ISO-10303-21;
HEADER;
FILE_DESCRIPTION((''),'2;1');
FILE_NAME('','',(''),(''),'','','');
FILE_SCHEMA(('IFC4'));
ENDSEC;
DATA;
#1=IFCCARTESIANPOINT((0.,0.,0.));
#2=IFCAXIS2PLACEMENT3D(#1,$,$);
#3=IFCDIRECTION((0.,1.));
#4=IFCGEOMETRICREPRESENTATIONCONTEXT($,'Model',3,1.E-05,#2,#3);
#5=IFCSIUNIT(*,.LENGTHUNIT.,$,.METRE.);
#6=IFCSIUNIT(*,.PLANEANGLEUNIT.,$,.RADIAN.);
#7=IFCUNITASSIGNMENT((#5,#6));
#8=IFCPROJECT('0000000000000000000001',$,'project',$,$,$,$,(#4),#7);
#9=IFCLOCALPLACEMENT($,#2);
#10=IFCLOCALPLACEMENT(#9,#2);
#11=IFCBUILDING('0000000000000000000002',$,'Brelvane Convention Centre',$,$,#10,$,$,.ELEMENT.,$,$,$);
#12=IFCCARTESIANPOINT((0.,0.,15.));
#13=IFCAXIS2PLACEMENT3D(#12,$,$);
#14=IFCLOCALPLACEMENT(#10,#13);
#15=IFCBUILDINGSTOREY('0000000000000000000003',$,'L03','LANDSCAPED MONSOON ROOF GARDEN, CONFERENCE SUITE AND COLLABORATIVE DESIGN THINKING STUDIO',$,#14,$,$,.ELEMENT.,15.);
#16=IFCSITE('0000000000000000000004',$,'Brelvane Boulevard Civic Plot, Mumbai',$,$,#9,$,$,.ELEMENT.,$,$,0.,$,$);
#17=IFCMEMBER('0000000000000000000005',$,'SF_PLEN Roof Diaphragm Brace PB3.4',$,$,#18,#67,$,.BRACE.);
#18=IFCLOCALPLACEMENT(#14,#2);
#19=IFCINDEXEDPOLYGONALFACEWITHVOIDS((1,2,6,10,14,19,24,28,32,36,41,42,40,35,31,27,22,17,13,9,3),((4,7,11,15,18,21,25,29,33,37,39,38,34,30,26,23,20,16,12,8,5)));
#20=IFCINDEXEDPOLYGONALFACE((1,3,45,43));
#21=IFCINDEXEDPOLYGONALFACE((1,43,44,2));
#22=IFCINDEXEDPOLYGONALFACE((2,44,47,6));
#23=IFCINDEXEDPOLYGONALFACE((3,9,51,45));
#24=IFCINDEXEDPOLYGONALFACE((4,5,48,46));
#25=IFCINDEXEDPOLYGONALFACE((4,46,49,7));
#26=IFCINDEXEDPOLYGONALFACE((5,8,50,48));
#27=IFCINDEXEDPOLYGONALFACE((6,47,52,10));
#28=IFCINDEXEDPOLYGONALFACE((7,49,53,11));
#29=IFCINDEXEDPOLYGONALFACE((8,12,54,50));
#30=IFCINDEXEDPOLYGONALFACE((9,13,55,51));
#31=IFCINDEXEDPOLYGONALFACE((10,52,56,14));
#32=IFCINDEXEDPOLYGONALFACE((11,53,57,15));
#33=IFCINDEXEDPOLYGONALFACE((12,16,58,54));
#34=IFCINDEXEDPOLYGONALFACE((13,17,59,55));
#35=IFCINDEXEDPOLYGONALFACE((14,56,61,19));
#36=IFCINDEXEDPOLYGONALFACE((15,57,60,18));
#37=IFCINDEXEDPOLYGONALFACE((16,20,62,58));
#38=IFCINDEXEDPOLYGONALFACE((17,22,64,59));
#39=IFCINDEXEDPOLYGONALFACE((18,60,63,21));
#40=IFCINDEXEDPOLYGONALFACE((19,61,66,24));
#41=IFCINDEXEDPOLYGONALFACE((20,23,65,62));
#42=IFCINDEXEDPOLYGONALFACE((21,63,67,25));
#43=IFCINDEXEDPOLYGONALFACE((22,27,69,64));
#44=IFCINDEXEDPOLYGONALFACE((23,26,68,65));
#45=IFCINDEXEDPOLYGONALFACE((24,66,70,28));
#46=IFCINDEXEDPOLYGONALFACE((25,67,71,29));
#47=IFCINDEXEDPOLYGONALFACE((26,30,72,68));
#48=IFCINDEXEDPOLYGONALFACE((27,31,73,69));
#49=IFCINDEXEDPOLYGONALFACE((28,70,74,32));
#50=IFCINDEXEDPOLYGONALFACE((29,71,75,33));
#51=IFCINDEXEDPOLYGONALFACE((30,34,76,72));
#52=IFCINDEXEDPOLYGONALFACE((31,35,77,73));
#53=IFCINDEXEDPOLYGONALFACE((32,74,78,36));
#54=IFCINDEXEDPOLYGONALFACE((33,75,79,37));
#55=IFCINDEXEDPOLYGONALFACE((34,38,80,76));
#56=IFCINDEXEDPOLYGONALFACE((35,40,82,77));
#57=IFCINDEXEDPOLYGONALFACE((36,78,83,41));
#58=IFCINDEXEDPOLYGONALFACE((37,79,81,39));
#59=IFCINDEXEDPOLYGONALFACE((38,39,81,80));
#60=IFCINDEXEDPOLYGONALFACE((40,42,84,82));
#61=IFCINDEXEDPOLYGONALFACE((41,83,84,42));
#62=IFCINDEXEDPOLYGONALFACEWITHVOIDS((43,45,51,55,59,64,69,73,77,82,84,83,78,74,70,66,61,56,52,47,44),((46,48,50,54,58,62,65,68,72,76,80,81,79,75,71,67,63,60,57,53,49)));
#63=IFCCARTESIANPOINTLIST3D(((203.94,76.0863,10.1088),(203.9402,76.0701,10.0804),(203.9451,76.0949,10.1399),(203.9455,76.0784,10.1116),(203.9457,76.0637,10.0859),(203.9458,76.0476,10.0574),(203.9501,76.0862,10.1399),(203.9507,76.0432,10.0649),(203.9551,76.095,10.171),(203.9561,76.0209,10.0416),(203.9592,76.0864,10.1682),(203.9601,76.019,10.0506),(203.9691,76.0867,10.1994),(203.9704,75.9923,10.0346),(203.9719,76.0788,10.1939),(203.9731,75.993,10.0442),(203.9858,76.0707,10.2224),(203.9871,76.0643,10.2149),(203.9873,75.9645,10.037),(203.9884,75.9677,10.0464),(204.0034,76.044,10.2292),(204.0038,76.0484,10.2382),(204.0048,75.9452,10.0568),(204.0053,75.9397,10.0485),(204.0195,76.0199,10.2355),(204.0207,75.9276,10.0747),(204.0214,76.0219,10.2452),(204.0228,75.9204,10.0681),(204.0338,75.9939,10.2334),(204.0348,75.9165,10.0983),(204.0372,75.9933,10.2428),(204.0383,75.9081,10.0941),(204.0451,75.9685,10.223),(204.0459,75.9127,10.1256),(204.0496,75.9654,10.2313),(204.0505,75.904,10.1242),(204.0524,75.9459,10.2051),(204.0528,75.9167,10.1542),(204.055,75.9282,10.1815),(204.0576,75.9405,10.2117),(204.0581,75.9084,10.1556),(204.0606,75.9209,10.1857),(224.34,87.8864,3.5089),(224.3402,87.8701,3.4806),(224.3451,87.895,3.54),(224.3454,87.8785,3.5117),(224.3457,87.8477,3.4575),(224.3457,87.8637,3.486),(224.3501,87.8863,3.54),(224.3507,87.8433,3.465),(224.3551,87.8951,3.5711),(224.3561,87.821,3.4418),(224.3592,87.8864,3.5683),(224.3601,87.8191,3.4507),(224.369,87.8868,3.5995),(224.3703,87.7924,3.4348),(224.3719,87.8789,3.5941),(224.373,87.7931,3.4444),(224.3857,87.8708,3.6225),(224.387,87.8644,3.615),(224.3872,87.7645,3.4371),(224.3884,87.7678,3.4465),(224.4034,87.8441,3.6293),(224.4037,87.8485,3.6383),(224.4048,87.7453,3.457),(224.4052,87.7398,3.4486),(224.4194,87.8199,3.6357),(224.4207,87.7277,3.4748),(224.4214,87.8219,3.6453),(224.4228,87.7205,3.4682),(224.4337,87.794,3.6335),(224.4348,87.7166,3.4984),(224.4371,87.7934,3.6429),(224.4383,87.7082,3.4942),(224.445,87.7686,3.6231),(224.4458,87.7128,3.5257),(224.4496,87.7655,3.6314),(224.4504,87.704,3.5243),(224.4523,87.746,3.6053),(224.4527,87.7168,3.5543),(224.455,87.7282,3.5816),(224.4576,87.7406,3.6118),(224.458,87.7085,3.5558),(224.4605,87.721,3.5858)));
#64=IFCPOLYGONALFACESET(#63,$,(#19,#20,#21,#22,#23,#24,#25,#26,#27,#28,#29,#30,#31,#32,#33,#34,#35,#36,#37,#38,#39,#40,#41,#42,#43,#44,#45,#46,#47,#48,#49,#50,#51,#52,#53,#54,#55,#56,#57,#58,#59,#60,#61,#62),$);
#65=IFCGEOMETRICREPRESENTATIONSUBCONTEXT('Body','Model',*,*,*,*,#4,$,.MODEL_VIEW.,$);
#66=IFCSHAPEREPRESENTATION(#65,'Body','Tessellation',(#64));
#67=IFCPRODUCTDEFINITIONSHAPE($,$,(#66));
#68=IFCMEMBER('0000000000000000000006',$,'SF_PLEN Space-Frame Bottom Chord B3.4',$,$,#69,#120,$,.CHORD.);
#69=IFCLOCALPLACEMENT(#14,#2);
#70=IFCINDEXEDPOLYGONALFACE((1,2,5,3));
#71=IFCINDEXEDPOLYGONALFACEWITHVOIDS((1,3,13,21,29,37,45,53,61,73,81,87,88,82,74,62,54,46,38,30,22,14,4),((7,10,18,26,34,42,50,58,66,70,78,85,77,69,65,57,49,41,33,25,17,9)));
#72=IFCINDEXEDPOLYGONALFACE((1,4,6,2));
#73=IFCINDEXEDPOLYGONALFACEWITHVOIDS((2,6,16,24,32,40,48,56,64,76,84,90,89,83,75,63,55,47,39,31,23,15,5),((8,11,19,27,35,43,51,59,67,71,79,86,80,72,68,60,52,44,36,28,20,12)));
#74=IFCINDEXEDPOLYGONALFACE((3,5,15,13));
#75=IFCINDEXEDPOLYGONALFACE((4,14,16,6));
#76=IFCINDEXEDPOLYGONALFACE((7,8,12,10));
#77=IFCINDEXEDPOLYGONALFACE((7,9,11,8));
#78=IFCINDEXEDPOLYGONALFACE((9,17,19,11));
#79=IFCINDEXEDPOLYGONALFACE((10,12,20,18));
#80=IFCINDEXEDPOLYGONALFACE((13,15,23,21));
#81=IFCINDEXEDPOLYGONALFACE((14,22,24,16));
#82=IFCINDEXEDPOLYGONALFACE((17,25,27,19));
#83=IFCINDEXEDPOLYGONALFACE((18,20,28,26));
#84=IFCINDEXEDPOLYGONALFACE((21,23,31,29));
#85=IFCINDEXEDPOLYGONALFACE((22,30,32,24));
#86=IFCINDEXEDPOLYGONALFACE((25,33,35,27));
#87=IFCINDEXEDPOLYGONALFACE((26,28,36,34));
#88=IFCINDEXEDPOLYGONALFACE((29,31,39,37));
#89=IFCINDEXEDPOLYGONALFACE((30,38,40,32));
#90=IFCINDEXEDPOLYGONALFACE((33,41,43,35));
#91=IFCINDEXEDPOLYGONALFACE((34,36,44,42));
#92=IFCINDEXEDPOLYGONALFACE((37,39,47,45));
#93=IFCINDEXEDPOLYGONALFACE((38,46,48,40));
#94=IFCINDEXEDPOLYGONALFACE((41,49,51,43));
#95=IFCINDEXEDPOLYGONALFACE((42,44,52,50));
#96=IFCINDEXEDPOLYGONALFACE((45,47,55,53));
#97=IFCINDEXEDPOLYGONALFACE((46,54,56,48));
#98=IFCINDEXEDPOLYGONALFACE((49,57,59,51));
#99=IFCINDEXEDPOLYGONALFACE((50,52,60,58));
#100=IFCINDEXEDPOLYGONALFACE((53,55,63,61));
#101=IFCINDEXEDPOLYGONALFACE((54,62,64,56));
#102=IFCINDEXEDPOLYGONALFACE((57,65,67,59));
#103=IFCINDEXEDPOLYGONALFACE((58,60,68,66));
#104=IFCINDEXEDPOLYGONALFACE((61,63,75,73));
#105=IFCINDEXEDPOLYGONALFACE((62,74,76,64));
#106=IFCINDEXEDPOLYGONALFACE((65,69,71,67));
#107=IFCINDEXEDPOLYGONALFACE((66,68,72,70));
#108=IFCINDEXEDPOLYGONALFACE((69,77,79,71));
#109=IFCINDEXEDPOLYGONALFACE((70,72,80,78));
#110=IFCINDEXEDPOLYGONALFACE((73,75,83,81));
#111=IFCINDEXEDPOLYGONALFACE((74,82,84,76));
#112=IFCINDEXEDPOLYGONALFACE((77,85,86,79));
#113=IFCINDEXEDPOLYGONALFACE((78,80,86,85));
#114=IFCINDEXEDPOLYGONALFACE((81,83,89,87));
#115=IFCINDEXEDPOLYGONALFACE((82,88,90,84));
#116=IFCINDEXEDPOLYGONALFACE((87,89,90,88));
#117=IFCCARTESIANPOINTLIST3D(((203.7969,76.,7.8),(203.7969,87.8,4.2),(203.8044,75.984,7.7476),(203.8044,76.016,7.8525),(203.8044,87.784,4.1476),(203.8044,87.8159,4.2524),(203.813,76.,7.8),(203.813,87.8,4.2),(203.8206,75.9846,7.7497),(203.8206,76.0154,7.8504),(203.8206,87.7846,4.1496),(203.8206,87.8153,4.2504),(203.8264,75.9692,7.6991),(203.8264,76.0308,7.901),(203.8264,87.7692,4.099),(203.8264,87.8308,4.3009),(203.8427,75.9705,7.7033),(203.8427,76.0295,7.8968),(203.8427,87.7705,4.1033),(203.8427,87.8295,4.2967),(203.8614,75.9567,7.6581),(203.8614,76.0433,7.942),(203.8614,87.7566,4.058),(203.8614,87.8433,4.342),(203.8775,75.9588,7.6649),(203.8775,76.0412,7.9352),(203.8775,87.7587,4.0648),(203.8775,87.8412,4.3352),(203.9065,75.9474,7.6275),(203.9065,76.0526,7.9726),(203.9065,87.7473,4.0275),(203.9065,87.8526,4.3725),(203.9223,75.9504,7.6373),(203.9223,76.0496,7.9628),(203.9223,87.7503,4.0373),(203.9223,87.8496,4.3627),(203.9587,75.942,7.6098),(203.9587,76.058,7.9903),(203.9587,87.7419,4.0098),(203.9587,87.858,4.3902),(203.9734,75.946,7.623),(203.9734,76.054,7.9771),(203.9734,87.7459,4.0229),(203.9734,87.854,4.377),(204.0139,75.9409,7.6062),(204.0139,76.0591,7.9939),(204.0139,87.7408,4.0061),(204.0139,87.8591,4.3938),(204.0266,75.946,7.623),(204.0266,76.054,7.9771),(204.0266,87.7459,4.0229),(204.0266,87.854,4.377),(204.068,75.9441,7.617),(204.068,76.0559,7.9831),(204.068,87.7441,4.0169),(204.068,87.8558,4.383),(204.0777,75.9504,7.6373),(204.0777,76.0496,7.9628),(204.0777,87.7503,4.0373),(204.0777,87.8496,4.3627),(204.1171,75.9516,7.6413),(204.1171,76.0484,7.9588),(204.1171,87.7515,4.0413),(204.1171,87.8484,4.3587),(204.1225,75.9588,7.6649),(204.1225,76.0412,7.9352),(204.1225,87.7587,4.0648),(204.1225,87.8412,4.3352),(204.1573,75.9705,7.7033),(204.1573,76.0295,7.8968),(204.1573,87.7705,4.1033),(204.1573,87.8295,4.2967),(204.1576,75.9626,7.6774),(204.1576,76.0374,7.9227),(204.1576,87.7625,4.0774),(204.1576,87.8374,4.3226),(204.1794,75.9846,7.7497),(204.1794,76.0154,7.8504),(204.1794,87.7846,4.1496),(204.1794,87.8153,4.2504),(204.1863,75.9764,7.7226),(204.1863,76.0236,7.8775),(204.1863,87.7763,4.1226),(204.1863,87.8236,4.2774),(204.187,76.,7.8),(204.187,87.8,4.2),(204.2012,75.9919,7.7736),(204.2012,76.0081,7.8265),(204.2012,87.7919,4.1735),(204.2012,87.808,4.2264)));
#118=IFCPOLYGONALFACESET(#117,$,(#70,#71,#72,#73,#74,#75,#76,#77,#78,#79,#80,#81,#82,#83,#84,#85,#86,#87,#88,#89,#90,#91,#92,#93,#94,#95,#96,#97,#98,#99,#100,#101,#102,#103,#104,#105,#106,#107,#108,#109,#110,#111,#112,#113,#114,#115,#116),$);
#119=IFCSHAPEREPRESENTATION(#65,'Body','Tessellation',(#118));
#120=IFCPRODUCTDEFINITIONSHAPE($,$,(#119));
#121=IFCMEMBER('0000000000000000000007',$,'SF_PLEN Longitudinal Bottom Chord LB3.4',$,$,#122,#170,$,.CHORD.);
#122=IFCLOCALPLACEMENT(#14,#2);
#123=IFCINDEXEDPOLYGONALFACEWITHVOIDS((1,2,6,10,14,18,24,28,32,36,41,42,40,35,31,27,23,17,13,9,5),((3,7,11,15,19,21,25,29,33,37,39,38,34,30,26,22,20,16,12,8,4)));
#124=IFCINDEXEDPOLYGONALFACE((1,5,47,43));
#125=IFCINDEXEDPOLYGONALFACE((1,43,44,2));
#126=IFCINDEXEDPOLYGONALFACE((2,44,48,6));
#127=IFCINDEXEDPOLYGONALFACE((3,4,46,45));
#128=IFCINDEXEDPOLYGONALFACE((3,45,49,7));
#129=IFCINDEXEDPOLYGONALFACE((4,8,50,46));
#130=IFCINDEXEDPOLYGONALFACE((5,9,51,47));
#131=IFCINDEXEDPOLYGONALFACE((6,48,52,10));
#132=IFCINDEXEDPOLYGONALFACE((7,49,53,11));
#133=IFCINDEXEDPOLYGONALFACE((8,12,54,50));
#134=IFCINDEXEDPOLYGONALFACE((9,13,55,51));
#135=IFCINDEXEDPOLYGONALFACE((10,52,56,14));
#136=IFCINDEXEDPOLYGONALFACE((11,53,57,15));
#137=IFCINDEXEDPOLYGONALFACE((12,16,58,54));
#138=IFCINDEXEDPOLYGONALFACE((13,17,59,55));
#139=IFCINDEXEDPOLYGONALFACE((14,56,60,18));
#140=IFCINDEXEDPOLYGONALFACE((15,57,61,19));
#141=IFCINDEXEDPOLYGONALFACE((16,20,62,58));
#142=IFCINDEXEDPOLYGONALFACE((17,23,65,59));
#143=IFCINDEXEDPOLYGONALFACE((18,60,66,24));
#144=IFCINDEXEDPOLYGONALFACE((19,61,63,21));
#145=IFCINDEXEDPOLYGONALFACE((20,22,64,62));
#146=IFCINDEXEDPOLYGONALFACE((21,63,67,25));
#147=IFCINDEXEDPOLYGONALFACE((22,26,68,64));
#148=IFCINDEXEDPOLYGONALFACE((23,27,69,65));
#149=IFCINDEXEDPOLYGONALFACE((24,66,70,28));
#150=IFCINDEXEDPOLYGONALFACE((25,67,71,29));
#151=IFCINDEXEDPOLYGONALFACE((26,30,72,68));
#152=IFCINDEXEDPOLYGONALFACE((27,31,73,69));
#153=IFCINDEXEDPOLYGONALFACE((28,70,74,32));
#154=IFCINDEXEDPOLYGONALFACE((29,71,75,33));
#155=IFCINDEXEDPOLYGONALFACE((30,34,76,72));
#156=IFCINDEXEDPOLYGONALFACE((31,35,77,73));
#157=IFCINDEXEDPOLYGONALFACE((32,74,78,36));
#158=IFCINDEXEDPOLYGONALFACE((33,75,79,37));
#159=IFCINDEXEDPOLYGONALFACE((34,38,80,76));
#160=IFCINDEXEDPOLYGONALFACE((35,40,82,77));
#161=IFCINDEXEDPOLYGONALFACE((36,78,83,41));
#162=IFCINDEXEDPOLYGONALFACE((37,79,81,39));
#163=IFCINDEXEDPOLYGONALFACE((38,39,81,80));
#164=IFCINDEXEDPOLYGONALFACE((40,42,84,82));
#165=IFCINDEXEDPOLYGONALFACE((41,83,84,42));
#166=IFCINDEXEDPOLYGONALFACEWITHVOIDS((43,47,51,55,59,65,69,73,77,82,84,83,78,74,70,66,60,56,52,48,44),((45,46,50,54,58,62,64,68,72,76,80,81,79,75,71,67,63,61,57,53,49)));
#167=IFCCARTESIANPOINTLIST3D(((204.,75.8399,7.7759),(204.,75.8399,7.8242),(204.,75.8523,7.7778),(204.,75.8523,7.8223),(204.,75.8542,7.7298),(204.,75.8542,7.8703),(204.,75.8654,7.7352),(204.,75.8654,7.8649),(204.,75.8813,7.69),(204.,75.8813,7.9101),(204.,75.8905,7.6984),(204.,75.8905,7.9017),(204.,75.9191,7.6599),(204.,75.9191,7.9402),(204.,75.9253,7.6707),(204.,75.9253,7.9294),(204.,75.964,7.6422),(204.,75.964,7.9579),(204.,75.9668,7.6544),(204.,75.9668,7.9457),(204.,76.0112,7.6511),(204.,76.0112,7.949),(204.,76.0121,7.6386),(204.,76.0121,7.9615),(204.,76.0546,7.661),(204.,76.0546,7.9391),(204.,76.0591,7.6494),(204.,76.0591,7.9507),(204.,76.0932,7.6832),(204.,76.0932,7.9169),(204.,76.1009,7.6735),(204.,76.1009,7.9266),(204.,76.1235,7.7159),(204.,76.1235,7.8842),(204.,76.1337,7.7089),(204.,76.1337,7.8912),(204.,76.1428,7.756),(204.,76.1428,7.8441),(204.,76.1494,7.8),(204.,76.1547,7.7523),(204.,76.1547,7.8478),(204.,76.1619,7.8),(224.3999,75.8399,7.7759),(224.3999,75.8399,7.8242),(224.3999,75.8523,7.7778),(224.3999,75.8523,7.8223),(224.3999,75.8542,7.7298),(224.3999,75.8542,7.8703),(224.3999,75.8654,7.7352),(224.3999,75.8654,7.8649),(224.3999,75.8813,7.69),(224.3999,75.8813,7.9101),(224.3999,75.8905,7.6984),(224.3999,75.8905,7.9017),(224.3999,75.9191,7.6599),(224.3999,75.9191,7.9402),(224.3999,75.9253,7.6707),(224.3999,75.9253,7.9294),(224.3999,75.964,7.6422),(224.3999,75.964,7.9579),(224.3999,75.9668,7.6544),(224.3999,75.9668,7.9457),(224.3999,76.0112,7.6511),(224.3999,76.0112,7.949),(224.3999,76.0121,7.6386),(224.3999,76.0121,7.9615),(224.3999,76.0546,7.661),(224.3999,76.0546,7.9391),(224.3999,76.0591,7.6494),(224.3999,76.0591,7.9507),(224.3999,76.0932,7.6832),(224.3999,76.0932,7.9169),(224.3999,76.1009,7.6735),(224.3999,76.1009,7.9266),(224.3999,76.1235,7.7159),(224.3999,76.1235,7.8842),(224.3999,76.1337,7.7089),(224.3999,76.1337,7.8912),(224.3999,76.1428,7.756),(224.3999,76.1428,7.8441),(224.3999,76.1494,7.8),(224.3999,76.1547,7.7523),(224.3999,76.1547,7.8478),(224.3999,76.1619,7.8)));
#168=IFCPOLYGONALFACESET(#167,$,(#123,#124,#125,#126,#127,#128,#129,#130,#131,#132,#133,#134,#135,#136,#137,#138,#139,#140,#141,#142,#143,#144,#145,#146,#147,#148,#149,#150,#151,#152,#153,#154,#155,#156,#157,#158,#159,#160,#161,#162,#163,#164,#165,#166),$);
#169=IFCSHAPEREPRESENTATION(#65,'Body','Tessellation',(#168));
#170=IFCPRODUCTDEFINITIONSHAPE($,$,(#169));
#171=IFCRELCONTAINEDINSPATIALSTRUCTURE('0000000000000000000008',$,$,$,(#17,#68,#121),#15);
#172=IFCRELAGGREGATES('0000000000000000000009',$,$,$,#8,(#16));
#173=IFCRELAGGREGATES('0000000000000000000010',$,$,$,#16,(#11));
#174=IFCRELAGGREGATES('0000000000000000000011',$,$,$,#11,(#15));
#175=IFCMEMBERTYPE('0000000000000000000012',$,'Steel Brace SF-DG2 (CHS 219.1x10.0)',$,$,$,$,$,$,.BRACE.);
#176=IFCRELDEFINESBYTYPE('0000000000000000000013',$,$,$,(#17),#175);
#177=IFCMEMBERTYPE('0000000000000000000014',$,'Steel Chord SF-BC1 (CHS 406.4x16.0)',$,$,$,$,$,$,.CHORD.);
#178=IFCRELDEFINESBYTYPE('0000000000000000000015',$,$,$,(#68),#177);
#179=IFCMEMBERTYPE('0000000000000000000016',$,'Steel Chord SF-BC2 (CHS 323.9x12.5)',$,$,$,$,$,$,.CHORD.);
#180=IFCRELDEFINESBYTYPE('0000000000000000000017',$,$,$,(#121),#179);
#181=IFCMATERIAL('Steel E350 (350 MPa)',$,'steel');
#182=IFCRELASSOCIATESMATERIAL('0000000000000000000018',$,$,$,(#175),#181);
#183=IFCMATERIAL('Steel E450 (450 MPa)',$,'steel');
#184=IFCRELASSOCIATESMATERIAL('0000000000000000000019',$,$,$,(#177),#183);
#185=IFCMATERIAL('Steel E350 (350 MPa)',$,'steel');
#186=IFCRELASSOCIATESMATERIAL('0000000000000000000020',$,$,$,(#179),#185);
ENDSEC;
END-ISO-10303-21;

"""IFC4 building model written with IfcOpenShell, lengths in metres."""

from ifc_helpers import new_model, si_unit, direction, frame, origin, origin_2d, place, context, subcontext, project, spatial, hollow_circle, extrude, material, material_profile, profile_set, type_object, element, save


model = new_model("IFC4")

# Units and contexts
model_context = context("Model", 3, precision=1e-05, world=origin(), true_north=direction((0.0, 1.0)))
body_context = subcontext(model_context, "Body", "Model", "MODEL_VIEW")
ifc_project = project(units=[si_unit("LENGTHUNIT", "METRE"), si_unit("PLANEANGLEUNIT", "RADIAN")], contexts=[model_context])

# Site, building, storey
site_placement = place(None, origin())
site = spatial("IfcSite", under=ifc_project, at=site_placement, Name="Brelvane Boulevard Civic Plot, Mumbai", CompositionType="ELEMENT", RefElevation=0.0)
building_placement = place(site_placement, origin())
building = spatial("IfcBuilding", under=site, at=building_placement, Name="Brelvane Convention Centre", CompositionType="ELEMENT")
storey_placement = place(building_placement, frame((0.0, 0.0, 15.0)))
storey = spatial("IfcBuildingStorey", under=building, at=storey_placement, Name="L03", Description="LANDSCAPED MONSOON ROOF GARDEN, CONFERENCE SUITE AND COLLABORATIVE DESIGN THINKING STUDIO", CompositionType="ELEMENT", Elevation=15.0)

# Members
ifc_material_1 = material(Name="Steel E350 (350 MPa)", Category="steel")
ifc_material_profile_1 = material_profile(ifc_material_1, hollow_circle(Radius=0.1096, WallThickness=0.01, at=origin_2d()), Name="CHS 219.1x10.0")
ifc_profile_set_1 = profile_set([ifc_material_profile_1], Name="Steel E350 (350 MPa)")
member_type_1 = type_object("IfcMemberType", Name="Steel Brace SF-DG2 (CHS 219.1x10.0)", PredefinedType="BRACE", material=ifc_profile_set_1)
member_1_placement = place(storey_placement, frame((204.0, 76.0, 10.1399), z_axis=(0.833549, 0.482155, -0.269673), x_axis=(-0.500705, 0.865618, 0.0)))
element("IfcMember", 1, at=member_1_placement, inside=storey, type_object=member_type_1, Name="SF_PLEN Roof Diaphragm Brace PB3.4", PredefinedType="BRACE", context=body_context, shape_type="SweptSolid", body=[
    extrude(hollow_circle(Radius=0.1096, WallThickness=0.01, at=origin_2d()), origin(), (0.0, 0.0, 1.0), 24.4736),
])
ifc_material_2 = material(Name="Steel E450 (450 MPa)", Category="steel")
ifc_material_profile_2 = material_profile(ifc_material_2, hollow_circle(Radius=0.2031, WallThickness=0.0161, at=origin_2d()), Name="CHS 406.4x16.0")
ifc_profile_set_2 = profile_set([ifc_material_profile_2], Name="Steel E450 (450 MPa)")
member_type_2 = type_object("IfcMemberType", Name="Steel Chord SF-BC1 (CHS 406.4x16.0)", PredefinedType="CHORD", material=ifc_profile_set_2)
member_2_placement = place(storey_placement, frame((204.0, 76.0, 7.8), z_axis=(0.0, 0.956475, -0.291813), x_axis=(-1.0, 0.0, 0.0)))
element("IfcMember", 2, at=member_2_placement, inside=storey, type_object=member_type_2, Name="SF_PLEN Space-Frame Bottom Chord B3.4", PredefinedType="CHORD", context=body_context, shape_type="SweptSolid", body=[
    extrude(hollow_circle(Radius=0.2031, WallThickness=0.0161, at=origin_2d()), origin(), (0.0, 0.0, 1.0), 12.3369),
])
ifc_material_3 = material(Name="Steel E350 (350 MPa)", Category="steel")
ifc_material_profile_3 = material_profile(ifc_material_3, hollow_circle(Radius=0.1619, WallThickness=0.0125, at=origin_2d()), Name="CHS 323.9x12.5")
ifc_profile_set_3 = profile_set([ifc_material_profile_3], Name="Steel E350 (350 MPa)")
member_type_3 = type_object("IfcMemberType", Name="Steel Chord SF-BC2 (CHS 323.9x12.5)", PredefinedType="CHORD", material=ifc_profile_set_3)
member_3_placement = place(storey_placement, frame((204.0, 76.0, 7.8), z_axis=(1.0, 0.0, 0.0), x_axis=(0.0, 1.0, 0.0)))
element("IfcMember", 3, at=member_3_placement, inside=storey, type_object=member_type_3, Name="SF_PLEN Longitudinal Bottom Chord LB3.4", PredefinedType="CHORD", context=body_context, shape_type="SweptSolid", body=[
    extrude(hollow_circle(Radius=0.1619, WallThickness=0.0125, at=origin_2d()), origin(), (0.0, 0.0, 1.0), 20.3999),
])

save(model, "model.ifc")
